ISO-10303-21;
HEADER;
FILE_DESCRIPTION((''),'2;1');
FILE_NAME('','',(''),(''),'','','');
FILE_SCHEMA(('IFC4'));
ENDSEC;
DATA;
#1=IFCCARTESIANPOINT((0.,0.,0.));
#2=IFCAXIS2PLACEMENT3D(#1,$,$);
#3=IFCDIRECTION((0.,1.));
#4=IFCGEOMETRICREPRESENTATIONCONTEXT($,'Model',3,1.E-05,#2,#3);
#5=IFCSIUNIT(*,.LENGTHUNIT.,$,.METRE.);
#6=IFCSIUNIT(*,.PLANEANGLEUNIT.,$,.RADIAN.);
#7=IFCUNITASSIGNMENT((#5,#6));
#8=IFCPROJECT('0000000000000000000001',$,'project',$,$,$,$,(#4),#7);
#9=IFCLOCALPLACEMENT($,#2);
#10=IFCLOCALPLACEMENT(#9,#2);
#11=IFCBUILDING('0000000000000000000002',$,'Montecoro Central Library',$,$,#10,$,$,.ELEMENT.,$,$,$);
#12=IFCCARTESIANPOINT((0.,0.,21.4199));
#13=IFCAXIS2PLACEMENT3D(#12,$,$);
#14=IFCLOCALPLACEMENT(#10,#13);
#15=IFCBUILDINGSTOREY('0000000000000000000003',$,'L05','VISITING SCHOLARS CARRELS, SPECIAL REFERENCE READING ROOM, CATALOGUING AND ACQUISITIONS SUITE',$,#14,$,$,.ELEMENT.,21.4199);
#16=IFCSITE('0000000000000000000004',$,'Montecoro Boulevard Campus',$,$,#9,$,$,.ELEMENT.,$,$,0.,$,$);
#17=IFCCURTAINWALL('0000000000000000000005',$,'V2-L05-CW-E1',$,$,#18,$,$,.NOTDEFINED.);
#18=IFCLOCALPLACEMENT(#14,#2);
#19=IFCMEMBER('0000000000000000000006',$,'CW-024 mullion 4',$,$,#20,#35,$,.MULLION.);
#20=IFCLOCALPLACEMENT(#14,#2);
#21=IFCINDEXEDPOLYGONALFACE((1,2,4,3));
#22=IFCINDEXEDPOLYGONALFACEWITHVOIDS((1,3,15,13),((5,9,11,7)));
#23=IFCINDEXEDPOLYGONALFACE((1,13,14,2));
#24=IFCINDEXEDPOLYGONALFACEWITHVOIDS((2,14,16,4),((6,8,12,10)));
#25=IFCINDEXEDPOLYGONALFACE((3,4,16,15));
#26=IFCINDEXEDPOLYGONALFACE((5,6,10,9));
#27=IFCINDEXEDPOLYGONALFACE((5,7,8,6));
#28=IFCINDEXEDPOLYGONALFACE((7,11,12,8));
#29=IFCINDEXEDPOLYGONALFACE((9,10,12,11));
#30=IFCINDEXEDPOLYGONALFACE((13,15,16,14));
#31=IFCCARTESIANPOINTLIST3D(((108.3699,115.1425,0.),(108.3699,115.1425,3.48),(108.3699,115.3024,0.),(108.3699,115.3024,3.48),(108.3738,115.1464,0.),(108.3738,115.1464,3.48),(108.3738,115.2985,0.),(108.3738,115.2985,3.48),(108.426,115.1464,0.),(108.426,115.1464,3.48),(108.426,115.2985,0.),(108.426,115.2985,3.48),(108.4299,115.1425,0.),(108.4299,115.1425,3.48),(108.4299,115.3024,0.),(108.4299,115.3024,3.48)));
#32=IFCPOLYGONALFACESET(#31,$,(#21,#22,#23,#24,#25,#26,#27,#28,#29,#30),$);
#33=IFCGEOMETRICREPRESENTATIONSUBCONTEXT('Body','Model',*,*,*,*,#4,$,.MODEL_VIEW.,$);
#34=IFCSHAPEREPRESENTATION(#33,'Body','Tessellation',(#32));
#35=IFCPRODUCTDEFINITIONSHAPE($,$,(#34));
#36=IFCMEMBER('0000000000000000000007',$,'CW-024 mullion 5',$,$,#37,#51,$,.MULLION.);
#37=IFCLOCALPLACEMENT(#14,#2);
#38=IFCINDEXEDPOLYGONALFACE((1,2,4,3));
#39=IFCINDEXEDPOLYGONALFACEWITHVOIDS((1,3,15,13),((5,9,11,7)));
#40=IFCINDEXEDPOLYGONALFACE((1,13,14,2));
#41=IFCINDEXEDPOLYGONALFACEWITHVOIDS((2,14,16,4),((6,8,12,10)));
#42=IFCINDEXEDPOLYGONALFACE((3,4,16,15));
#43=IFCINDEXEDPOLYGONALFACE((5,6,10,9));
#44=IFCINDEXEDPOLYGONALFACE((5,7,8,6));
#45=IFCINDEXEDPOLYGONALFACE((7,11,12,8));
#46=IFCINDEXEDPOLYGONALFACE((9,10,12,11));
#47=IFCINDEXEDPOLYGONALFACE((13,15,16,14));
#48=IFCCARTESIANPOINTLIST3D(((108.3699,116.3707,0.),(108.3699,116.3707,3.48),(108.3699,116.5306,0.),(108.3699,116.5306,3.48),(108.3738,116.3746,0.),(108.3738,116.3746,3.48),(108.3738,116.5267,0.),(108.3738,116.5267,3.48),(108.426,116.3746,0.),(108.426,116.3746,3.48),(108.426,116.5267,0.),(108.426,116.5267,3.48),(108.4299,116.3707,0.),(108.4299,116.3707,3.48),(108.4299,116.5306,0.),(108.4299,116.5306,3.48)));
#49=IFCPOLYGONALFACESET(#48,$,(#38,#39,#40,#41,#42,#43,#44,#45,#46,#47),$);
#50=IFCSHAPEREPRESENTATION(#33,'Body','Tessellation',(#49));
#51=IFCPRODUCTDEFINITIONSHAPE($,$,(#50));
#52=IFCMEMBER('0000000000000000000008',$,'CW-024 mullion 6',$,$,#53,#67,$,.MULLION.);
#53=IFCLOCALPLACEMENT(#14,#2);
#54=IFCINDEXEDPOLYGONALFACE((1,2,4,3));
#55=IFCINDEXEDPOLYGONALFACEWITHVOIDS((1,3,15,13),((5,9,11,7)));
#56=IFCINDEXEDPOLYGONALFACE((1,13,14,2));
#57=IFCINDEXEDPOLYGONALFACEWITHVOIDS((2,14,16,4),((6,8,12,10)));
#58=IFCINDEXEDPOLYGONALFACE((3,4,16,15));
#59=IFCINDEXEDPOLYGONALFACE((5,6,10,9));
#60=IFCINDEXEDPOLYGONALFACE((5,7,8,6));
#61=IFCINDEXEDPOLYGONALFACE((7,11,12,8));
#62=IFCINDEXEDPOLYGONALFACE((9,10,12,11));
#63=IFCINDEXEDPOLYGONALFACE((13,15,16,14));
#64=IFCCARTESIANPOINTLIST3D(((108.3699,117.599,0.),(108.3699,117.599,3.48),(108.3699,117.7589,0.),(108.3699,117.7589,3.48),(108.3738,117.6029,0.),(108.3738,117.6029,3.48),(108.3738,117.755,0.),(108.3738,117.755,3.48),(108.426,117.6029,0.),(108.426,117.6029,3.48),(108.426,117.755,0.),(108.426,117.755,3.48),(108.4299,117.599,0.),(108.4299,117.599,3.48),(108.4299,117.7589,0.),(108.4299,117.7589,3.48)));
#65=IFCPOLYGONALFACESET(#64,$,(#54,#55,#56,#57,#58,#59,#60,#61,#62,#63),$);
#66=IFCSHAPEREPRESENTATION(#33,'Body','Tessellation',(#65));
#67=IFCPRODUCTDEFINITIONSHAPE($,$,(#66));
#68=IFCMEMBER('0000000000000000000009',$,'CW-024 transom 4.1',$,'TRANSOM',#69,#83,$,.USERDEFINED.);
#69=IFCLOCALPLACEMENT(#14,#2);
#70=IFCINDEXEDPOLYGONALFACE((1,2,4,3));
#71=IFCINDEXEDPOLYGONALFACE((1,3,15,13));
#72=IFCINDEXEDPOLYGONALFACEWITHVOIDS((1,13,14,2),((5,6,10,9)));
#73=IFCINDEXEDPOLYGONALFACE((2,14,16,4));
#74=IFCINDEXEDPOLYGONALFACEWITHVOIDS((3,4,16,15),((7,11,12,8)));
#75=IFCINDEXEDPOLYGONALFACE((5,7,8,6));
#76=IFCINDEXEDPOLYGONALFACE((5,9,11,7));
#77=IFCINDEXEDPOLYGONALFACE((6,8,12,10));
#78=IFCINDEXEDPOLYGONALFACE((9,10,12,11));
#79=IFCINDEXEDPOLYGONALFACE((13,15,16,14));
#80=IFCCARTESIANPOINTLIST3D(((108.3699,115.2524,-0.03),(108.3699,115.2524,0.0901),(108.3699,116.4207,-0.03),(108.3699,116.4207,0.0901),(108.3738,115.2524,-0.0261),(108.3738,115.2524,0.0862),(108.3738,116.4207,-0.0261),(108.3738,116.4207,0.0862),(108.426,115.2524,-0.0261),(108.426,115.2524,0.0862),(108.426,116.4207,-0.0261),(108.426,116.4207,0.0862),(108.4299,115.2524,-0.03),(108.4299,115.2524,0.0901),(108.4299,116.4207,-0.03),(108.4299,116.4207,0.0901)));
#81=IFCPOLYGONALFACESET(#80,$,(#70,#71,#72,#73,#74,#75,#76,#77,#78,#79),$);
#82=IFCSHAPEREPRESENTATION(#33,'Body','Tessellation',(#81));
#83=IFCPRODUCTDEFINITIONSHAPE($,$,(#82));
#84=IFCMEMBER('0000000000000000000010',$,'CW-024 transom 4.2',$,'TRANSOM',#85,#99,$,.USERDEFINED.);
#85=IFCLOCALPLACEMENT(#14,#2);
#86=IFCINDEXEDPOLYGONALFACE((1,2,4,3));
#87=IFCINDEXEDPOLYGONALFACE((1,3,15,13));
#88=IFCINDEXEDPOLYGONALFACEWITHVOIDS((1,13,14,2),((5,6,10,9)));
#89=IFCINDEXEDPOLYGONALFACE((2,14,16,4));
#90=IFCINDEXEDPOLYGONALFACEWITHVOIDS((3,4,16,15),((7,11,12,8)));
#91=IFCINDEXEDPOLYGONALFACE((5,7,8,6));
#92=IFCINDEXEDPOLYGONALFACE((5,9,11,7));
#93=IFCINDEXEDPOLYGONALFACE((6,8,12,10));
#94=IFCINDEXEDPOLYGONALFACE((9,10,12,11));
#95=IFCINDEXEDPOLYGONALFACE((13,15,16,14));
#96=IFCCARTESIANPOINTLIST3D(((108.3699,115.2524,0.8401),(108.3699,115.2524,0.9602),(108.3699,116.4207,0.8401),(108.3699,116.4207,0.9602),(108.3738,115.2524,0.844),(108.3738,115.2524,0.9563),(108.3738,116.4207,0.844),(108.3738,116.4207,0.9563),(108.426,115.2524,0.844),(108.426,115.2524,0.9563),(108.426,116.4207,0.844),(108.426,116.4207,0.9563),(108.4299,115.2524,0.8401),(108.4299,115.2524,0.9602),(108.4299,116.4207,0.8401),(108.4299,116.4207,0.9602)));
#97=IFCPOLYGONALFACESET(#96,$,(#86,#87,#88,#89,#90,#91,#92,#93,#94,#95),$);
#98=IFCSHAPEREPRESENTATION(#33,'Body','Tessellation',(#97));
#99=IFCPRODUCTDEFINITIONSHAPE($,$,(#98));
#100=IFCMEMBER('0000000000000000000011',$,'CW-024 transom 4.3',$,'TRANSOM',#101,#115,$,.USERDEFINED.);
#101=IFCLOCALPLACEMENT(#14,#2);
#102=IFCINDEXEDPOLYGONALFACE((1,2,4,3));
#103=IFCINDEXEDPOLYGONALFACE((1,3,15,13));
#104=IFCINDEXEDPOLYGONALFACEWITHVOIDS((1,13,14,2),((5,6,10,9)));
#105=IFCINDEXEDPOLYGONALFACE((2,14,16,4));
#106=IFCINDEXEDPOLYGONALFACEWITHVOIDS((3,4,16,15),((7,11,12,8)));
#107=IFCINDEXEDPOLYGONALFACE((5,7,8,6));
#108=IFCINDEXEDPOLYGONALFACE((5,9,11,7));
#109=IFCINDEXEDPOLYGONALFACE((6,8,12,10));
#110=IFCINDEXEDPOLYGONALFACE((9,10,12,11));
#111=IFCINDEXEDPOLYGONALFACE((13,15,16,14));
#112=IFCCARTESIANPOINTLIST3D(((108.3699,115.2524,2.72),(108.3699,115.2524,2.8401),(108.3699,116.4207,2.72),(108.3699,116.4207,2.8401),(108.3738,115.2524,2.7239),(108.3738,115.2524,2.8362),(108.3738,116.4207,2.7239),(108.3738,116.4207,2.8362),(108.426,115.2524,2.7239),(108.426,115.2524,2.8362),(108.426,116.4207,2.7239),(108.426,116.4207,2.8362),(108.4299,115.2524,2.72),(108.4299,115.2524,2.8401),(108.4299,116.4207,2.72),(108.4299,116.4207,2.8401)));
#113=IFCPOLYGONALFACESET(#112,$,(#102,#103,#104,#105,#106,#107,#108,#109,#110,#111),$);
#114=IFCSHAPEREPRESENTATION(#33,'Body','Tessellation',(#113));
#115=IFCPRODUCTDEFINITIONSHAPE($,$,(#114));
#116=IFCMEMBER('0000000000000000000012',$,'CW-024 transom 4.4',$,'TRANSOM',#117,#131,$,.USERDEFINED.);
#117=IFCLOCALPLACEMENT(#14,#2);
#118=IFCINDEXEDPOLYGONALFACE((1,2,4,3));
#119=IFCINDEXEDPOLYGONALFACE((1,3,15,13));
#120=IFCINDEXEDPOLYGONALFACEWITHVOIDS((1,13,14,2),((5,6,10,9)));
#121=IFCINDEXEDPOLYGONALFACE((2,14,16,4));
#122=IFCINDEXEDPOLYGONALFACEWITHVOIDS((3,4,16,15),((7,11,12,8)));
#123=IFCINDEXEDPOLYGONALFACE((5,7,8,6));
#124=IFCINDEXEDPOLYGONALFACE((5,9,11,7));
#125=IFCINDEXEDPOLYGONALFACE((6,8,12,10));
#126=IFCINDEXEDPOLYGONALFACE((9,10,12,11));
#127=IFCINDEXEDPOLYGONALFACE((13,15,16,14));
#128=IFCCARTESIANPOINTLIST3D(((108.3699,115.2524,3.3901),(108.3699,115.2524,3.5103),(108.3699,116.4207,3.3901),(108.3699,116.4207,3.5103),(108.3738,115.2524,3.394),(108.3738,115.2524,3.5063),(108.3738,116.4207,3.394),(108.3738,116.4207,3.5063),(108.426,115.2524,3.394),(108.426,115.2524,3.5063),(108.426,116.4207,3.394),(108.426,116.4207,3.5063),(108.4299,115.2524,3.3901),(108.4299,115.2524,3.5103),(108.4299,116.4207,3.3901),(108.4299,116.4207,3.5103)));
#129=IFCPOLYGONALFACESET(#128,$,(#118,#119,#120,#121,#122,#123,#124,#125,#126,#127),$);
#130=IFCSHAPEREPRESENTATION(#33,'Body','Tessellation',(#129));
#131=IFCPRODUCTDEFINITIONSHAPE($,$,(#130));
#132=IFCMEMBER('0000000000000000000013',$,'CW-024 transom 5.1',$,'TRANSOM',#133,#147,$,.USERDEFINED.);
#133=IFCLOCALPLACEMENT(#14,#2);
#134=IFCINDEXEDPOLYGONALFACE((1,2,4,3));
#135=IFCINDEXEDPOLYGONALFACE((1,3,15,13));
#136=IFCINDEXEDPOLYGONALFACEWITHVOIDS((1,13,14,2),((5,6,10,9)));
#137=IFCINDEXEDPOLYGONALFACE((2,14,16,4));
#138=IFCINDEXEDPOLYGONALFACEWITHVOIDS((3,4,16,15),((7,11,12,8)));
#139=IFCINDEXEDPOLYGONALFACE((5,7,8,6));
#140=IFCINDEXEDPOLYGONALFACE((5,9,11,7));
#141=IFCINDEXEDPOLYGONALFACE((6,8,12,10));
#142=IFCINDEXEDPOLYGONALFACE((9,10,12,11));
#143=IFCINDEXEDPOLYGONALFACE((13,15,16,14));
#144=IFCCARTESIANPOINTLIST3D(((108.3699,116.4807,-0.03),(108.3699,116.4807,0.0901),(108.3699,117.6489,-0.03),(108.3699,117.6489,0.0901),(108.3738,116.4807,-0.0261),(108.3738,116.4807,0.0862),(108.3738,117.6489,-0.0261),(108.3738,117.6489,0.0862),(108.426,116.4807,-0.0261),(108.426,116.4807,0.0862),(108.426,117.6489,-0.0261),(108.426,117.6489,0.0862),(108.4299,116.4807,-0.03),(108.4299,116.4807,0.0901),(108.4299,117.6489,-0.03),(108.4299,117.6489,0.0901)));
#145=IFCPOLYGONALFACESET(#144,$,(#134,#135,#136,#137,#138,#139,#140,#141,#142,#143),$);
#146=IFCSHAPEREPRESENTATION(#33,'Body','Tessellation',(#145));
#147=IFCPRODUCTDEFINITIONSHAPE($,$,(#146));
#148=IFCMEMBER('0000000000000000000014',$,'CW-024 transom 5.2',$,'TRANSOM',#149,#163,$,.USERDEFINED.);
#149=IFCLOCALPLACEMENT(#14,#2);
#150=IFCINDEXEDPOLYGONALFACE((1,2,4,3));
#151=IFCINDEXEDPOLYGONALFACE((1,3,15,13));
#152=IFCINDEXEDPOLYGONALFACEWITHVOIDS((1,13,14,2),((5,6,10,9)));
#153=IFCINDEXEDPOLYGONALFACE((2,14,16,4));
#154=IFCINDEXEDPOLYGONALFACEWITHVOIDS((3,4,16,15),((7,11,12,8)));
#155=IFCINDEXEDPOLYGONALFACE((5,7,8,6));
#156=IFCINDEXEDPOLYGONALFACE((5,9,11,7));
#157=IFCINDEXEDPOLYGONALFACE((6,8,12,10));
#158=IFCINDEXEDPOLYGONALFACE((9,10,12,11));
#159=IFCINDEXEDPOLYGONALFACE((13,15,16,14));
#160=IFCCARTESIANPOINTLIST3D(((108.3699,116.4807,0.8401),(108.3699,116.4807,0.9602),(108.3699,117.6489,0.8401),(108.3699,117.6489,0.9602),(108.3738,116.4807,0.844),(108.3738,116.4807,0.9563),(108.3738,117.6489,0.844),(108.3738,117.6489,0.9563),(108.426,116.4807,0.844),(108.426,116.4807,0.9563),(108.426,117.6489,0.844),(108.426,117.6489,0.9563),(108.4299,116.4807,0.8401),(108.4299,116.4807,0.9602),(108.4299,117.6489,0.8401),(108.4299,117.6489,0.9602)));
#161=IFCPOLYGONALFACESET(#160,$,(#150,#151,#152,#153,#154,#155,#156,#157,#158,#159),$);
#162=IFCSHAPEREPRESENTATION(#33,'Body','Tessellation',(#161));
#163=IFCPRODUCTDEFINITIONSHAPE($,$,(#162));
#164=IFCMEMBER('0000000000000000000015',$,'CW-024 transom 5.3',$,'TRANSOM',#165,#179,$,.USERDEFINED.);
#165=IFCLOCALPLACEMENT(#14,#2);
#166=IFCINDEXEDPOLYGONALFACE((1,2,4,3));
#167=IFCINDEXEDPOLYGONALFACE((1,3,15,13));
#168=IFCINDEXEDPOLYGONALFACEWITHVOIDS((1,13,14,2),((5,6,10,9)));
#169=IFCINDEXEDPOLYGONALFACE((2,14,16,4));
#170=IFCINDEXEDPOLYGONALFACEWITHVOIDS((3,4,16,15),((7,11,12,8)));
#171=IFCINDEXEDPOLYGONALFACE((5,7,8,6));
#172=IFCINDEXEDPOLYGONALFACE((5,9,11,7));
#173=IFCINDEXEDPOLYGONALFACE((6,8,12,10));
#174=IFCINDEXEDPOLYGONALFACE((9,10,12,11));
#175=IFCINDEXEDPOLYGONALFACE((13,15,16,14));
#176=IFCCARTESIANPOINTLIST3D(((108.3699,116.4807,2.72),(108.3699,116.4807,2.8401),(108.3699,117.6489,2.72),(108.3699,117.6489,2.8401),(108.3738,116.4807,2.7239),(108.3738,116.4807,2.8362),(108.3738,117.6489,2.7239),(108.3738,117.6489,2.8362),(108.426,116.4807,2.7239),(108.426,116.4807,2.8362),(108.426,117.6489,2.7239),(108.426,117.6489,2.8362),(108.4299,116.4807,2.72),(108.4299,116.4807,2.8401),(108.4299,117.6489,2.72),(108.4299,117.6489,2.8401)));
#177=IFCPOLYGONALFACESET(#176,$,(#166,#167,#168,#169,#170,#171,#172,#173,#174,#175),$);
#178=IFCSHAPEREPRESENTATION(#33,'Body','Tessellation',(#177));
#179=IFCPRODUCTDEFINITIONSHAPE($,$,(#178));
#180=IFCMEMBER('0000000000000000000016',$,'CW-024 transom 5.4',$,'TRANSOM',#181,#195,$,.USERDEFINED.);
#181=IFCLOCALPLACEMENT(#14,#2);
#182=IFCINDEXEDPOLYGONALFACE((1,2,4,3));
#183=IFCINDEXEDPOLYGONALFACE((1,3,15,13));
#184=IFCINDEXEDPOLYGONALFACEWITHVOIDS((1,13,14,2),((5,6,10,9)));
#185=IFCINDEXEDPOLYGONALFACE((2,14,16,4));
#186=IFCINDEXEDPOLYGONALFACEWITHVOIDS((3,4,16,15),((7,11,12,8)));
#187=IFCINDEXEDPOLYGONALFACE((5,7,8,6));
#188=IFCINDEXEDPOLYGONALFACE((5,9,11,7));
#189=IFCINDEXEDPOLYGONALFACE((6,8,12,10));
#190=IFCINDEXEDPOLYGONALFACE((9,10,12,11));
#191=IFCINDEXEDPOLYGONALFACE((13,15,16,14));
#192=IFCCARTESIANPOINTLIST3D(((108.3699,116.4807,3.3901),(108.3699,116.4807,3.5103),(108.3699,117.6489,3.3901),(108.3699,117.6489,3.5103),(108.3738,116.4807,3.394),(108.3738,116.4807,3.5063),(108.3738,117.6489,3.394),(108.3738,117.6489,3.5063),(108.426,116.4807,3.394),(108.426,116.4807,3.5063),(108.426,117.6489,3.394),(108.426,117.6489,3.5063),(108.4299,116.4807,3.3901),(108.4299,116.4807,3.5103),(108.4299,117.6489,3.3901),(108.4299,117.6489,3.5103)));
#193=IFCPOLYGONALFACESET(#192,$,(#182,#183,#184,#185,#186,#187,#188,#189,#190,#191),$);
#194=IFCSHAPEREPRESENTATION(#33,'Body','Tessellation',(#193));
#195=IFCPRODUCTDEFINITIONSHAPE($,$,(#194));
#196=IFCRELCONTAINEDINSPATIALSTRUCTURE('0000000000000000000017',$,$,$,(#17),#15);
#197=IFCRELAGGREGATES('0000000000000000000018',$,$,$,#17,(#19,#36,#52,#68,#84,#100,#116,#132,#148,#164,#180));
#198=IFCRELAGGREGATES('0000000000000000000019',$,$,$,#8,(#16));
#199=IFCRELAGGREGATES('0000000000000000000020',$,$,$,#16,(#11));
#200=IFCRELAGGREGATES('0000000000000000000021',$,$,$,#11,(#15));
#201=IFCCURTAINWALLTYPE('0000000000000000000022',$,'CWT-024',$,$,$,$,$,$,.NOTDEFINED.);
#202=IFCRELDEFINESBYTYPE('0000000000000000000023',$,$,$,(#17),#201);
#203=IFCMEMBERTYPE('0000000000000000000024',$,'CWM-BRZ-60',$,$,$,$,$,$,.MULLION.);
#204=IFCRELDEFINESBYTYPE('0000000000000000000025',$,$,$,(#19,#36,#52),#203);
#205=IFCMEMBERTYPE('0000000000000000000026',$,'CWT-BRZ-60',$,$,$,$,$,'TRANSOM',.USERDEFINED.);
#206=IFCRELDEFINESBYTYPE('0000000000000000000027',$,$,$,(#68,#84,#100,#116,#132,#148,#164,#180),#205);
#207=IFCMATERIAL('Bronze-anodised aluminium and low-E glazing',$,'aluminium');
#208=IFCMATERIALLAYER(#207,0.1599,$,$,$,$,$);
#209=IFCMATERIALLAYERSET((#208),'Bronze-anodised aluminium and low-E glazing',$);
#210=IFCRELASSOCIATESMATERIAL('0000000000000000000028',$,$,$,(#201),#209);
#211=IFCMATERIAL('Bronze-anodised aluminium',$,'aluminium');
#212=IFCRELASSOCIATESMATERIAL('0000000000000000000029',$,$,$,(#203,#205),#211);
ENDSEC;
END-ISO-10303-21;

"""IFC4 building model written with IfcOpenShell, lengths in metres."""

from ifc_helpers import new_model, si_unit, direction, frame, origin, origin_2d, place, context, subcontext, project, spatial, hollow_rectangle, extrude, material, layer, layer_set, material_profile, profile_set, type_object, element, aggregate, save


model = new_model("IFC4")

# Units and contexts
model_context = context("Model", 3, precision=1e-05, world=origin(), true_north=direction((0.0, 1.0)))
body_context = subcontext(model_context, "Body", "Model", "MODEL_VIEW")
ifc_project = project(units=[si_unit("LENGTHUNIT", "METRE"), si_unit("PLANEANGLEUNIT", "RADIAN")], contexts=[model_context])

# Site, building, storey
site_placement = place(None, origin())
site = spatial("IfcSite", under=ifc_project, at=site_placement, Name="Montecoro Boulevard Campus", CompositionType="ELEMENT", RefElevation=0.0)
building_placement = place(site_placement, origin())
building = spatial("IfcBuilding", under=site, at=building_placement, Name="Montecoro Central Library", CompositionType="ELEMENT")
storey_placement = place(building_placement, frame((0.0, 0.0, 21.4199)))
storey = spatial("IfcBuildingStorey", under=building, at=storey_placement, Name="L05", Description="VISITING SCHOLARS CARRELS, SPECIAL REFERENCE READING ROOM, CATALOGUING AND ACQUISITIONS SUITE", CompositionType="ELEMENT", Elevation=21.4199)

# Curtain wall, members
ifc_material_1 = material(Name="Bronze-anodised aluminium and low-E glazing", Category="aluminium")
ifc_layer_1 = layer(ifc_material_1, 0.1599)
ifc_layer_set_1 = layer_set([ifc_layer_1], Name="Bronze-anodised aluminium and low-E glazing")
curtain_wall_type = type_object("IfcCurtainWallType", Name="CWT-024", PredefinedType="NOTDEFINED", material=ifc_layer_set_1)
curtain_wall_placement = place(storey_placement, origin())
curtain_wall = element("IfcCurtainWall", 1, at=curtain_wall_placement, inside=storey, type_object=curtain_wall_type, Name="V2-L05-CW-E1", PredefinedType="NOTDEFINED")
ifc_material_2 = material(Name="Bronze-anodised aluminium", Category="aluminium")
ifc_material_profile_1 = material_profile(ifc_material_2, hollow_rectangle(XDim=0.0601, YDim=0.1599, WallThickness=0.0039, at=origin_2d()), Name="CWM 160x60x4.0")
ifc_profile_set_1 = profile_set([ifc_material_profile_1], Name="Bronze-anodised aluminium")
member_type_1 = type_object("IfcMemberType", Name="CWM-BRZ-60", PredefinedType="MULLION", material=ifc_profile_set_1)
member_1_placement = place(storey_placement, frame((108.3999, 115.2224, 0.0), z_axis=(0.0, 0.0, 1.0), x_axis=(-1.0, 0.0, 0.0)))
member_1 = element("IfcMember", 2, at=member_1_placement, type_object=member_type_1, Name="CW-024 mullion 4", PredefinedType="MULLION", context=body_context, shape_type="SweptSolid", body=[
    extrude(hollow_rectangle(XDim=0.0601, YDim=0.1599, WallThickness=0.0039, at=origin_2d()), origin(), (0.0, 0.0, 1.0), 3.48),
])
member_2_placement = place(storey_placement, frame((108.3999, 116.4507, 0.0), z_axis=(0.0, 0.0, 1.0), x_axis=(-1.0, 0.0, 0.0)))
member_2 = element("IfcMember", 3, at=member_2_placement, type_object=member_type_1, Name="CW-024 mullion 5", PredefinedType="MULLION", context=body_context, shape_type="SweptSolid", body=[
    extrude(hollow_rectangle(XDim=0.0601, YDim=0.1599, WallThickness=0.0039, at=origin_2d()), origin(), (0.0, 0.0, 1.0), 3.48),
])
member_3_placement = place(storey_placement, frame((108.3999, 117.679, 0.0), z_axis=(0.0, 0.0, 1.0), x_axis=(-1.0, 0.0, 0.0)))
member_3 = element("IfcMember", 4, at=member_3_placement, type_object=member_type_1, Name="CW-024 mullion 6", PredefinedType="MULLION", context=body_context, shape_type="SweptSolid", body=[
    extrude(hollow_rectangle(XDim=0.0601, YDim=0.1599, WallThickness=0.0039, at=origin_2d()), origin(), (0.0, 0.0, 1.0), 3.48),
])
ifc_material_profile_2 = material_profile(ifc_material_2, hollow_rectangle(XDim=0.0601, YDim=0.1201, WallThickness=0.0039, at=origin_2d()), Name="CWT 120x60x4.0")
ifc_profile_set_2 = profile_set([ifc_material_profile_2], Name="Bronze-anodised aluminium")
member_type_2 = type_object("IfcMemberType", Name="CWT-BRZ-60", ElementType="TRANSOM", PredefinedType="USERDEFINED", material=ifc_profile_set_2)
member_4_placement = place(storey_placement, frame((108.3999, 115.2524, 0.03), z_axis=(0.0, 1.0, 0.0), x_axis=(-1.0, 0.0, 0.0)))
member_4 = element("IfcMember", 5, at=member_4_placement, type_object=member_type_2, Name="CW-024 transom 4.1", ObjectType="TRANSOM", PredefinedType="USERDEFINED", context=body_context, shape_type="SweptSolid", body=[
    extrude(hollow_rectangle(XDim=0.0601, YDim=0.1201, WallThickness=0.0039, at=origin_2d()), origin(), (0.0, 0.0, 1.0), 1.1682),
])
member_5_placement = place(storey_placement, frame((108.3999, 115.2524, 0.9001), z_axis=(0.0, 1.0, 0.0), x_axis=(-1.0, 0.0, 0.0)))
member_5 = element("IfcMember", 6, at=member_5_placement, type_object=member_type_2, Name="CW-024 transom 4.2", ObjectType="TRANSOM", PredefinedType="USERDEFINED", context=body_context, shape_type="SweptSolid", body=[
    extrude(hollow_rectangle(XDim=0.0601, YDim=0.1201, WallThickness=0.0039, at=origin_2d()), origin(), (0.0, 0.0, 1.0), 1.1682),
])
member_6_placement = place(storey_placement, frame((108.3999, 115.2524, 2.78), z_axis=(0.0, 1.0, 0.0), x_axis=(-1.0, 0.0, 0.0)))
member_6 = element("IfcMember", 7, at=member_6_placement, type_object=member_type_2, Name="CW-024 transom 4.3", ObjectType="TRANSOM", PredefinedType="USERDEFINED", context=body_context, shape_type="SweptSolid", body=[
    extrude(hollow_rectangle(XDim=0.0601, YDim=0.1201, WallThickness=0.0039, at=origin_2d()), origin(), (0.0, 0.0, 1.0), 1.1682),
])
member_7_placement = place(storey_placement, frame((108.3999, 115.2524, 3.4502), z_axis=(0.0, 1.0, 0.0), x_axis=(-1.0, 0.0, 0.0)))
member_7 = element("IfcMember", 8, at=member_7_placement, type_object=member_type_2, Name="CW-024 transom 4.4", ObjectType="TRANSOM", PredefinedType="USERDEFINED", context=body_context, shape_type="SweptSolid", body=[
    extrude(hollow_rectangle(XDim=0.0601, YDim=0.1201, WallThickness=0.0039, at=origin_2d()), origin(), (0.0, 0.0, 1.0), 1.1682),
])
member_8_placement = place(storey_placement, frame((108.3999, 116.4807, 0.03), z_axis=(0.0, 1.0, 0.0), x_axis=(-1.0, 0.0, 0.0)))
member_8 = element("IfcMember", 9, at=member_8_placement, type_object=member_type_2, Name="CW-024 transom 5.1", ObjectType="TRANSOM", PredefinedType="USERDEFINED", context=body_context, shape_type="SweptSolid", body=[
    extrude(hollow_rectangle(XDim=0.0601, YDim=0.1201, WallThickness=0.0039, at=origin_2d()), origin(), (0.0, 0.0, 1.0), 1.1682),
])
member_9_placement = place(storey_placement, frame((108.3999, 116.4807, 0.9001), z_axis=(0.0, 1.0, 0.0), x_axis=(-1.0, 0.0, 0.0)))
member_9 = element("IfcMember", 10, at=member_9_placement, type_object=member_type_2, Name="CW-024 transom 5.2", ObjectType="TRANSOM", PredefinedType="USERDEFINED", context=body_context, shape_type="SweptSolid", body=[
    extrude(hollow_rectangle(XDim=0.0601, YDim=0.1201, WallThickness=0.0039, at=origin_2d()), origin(), (0.0, 0.0, 1.0), 1.1682),
])
member_10_placement = place(storey_placement, frame((108.3999, 116.4807, 2.78), z_axis=(0.0, 1.0, 0.0), x_axis=(-1.0, 0.0, 0.0)))
member_10 = element("IfcMember", 11, at=member_10_placement, type_object=member_type_2, Name="CW-024 transom 5.3", ObjectType="TRANSOM", PredefinedType="USERDEFINED", context=body_context, shape_type="SweptSolid", body=[
    extrude(hollow_rectangle(XDim=0.0601, YDim=0.1201, WallThickness=0.0039, at=origin_2d()), origin(), (0.0, 0.0, 1.0), 1.1682),
])
member_11_placement = place(storey_placement, frame((108.3999, 116.4807, 3.4502), z_axis=(0.0, 1.0, 0.0), x_axis=(-1.0, 0.0, 0.0)))
member_11 = element("IfcMember", 12, at=member_11_placement, type_object=member_type_2, Name="CW-024 transom 5.4", ObjectType="TRANSOM", PredefinedType="USERDEFINED", context=body_context, shape_type="SweptSolid", body=[
    extrude(hollow_rectangle(XDim=0.0601, YDim=0.1201, WallThickness=0.0039, at=origin_2d()), origin(), (0.0, 0.0, 1.0), 1.1682),
])
aggregate(curtain_wall, [member_1, member_2, member_3, member_4, member_5, member_6, member_7, member_8, member_9, member_10, member_11])

save(model, "model.ifc")
